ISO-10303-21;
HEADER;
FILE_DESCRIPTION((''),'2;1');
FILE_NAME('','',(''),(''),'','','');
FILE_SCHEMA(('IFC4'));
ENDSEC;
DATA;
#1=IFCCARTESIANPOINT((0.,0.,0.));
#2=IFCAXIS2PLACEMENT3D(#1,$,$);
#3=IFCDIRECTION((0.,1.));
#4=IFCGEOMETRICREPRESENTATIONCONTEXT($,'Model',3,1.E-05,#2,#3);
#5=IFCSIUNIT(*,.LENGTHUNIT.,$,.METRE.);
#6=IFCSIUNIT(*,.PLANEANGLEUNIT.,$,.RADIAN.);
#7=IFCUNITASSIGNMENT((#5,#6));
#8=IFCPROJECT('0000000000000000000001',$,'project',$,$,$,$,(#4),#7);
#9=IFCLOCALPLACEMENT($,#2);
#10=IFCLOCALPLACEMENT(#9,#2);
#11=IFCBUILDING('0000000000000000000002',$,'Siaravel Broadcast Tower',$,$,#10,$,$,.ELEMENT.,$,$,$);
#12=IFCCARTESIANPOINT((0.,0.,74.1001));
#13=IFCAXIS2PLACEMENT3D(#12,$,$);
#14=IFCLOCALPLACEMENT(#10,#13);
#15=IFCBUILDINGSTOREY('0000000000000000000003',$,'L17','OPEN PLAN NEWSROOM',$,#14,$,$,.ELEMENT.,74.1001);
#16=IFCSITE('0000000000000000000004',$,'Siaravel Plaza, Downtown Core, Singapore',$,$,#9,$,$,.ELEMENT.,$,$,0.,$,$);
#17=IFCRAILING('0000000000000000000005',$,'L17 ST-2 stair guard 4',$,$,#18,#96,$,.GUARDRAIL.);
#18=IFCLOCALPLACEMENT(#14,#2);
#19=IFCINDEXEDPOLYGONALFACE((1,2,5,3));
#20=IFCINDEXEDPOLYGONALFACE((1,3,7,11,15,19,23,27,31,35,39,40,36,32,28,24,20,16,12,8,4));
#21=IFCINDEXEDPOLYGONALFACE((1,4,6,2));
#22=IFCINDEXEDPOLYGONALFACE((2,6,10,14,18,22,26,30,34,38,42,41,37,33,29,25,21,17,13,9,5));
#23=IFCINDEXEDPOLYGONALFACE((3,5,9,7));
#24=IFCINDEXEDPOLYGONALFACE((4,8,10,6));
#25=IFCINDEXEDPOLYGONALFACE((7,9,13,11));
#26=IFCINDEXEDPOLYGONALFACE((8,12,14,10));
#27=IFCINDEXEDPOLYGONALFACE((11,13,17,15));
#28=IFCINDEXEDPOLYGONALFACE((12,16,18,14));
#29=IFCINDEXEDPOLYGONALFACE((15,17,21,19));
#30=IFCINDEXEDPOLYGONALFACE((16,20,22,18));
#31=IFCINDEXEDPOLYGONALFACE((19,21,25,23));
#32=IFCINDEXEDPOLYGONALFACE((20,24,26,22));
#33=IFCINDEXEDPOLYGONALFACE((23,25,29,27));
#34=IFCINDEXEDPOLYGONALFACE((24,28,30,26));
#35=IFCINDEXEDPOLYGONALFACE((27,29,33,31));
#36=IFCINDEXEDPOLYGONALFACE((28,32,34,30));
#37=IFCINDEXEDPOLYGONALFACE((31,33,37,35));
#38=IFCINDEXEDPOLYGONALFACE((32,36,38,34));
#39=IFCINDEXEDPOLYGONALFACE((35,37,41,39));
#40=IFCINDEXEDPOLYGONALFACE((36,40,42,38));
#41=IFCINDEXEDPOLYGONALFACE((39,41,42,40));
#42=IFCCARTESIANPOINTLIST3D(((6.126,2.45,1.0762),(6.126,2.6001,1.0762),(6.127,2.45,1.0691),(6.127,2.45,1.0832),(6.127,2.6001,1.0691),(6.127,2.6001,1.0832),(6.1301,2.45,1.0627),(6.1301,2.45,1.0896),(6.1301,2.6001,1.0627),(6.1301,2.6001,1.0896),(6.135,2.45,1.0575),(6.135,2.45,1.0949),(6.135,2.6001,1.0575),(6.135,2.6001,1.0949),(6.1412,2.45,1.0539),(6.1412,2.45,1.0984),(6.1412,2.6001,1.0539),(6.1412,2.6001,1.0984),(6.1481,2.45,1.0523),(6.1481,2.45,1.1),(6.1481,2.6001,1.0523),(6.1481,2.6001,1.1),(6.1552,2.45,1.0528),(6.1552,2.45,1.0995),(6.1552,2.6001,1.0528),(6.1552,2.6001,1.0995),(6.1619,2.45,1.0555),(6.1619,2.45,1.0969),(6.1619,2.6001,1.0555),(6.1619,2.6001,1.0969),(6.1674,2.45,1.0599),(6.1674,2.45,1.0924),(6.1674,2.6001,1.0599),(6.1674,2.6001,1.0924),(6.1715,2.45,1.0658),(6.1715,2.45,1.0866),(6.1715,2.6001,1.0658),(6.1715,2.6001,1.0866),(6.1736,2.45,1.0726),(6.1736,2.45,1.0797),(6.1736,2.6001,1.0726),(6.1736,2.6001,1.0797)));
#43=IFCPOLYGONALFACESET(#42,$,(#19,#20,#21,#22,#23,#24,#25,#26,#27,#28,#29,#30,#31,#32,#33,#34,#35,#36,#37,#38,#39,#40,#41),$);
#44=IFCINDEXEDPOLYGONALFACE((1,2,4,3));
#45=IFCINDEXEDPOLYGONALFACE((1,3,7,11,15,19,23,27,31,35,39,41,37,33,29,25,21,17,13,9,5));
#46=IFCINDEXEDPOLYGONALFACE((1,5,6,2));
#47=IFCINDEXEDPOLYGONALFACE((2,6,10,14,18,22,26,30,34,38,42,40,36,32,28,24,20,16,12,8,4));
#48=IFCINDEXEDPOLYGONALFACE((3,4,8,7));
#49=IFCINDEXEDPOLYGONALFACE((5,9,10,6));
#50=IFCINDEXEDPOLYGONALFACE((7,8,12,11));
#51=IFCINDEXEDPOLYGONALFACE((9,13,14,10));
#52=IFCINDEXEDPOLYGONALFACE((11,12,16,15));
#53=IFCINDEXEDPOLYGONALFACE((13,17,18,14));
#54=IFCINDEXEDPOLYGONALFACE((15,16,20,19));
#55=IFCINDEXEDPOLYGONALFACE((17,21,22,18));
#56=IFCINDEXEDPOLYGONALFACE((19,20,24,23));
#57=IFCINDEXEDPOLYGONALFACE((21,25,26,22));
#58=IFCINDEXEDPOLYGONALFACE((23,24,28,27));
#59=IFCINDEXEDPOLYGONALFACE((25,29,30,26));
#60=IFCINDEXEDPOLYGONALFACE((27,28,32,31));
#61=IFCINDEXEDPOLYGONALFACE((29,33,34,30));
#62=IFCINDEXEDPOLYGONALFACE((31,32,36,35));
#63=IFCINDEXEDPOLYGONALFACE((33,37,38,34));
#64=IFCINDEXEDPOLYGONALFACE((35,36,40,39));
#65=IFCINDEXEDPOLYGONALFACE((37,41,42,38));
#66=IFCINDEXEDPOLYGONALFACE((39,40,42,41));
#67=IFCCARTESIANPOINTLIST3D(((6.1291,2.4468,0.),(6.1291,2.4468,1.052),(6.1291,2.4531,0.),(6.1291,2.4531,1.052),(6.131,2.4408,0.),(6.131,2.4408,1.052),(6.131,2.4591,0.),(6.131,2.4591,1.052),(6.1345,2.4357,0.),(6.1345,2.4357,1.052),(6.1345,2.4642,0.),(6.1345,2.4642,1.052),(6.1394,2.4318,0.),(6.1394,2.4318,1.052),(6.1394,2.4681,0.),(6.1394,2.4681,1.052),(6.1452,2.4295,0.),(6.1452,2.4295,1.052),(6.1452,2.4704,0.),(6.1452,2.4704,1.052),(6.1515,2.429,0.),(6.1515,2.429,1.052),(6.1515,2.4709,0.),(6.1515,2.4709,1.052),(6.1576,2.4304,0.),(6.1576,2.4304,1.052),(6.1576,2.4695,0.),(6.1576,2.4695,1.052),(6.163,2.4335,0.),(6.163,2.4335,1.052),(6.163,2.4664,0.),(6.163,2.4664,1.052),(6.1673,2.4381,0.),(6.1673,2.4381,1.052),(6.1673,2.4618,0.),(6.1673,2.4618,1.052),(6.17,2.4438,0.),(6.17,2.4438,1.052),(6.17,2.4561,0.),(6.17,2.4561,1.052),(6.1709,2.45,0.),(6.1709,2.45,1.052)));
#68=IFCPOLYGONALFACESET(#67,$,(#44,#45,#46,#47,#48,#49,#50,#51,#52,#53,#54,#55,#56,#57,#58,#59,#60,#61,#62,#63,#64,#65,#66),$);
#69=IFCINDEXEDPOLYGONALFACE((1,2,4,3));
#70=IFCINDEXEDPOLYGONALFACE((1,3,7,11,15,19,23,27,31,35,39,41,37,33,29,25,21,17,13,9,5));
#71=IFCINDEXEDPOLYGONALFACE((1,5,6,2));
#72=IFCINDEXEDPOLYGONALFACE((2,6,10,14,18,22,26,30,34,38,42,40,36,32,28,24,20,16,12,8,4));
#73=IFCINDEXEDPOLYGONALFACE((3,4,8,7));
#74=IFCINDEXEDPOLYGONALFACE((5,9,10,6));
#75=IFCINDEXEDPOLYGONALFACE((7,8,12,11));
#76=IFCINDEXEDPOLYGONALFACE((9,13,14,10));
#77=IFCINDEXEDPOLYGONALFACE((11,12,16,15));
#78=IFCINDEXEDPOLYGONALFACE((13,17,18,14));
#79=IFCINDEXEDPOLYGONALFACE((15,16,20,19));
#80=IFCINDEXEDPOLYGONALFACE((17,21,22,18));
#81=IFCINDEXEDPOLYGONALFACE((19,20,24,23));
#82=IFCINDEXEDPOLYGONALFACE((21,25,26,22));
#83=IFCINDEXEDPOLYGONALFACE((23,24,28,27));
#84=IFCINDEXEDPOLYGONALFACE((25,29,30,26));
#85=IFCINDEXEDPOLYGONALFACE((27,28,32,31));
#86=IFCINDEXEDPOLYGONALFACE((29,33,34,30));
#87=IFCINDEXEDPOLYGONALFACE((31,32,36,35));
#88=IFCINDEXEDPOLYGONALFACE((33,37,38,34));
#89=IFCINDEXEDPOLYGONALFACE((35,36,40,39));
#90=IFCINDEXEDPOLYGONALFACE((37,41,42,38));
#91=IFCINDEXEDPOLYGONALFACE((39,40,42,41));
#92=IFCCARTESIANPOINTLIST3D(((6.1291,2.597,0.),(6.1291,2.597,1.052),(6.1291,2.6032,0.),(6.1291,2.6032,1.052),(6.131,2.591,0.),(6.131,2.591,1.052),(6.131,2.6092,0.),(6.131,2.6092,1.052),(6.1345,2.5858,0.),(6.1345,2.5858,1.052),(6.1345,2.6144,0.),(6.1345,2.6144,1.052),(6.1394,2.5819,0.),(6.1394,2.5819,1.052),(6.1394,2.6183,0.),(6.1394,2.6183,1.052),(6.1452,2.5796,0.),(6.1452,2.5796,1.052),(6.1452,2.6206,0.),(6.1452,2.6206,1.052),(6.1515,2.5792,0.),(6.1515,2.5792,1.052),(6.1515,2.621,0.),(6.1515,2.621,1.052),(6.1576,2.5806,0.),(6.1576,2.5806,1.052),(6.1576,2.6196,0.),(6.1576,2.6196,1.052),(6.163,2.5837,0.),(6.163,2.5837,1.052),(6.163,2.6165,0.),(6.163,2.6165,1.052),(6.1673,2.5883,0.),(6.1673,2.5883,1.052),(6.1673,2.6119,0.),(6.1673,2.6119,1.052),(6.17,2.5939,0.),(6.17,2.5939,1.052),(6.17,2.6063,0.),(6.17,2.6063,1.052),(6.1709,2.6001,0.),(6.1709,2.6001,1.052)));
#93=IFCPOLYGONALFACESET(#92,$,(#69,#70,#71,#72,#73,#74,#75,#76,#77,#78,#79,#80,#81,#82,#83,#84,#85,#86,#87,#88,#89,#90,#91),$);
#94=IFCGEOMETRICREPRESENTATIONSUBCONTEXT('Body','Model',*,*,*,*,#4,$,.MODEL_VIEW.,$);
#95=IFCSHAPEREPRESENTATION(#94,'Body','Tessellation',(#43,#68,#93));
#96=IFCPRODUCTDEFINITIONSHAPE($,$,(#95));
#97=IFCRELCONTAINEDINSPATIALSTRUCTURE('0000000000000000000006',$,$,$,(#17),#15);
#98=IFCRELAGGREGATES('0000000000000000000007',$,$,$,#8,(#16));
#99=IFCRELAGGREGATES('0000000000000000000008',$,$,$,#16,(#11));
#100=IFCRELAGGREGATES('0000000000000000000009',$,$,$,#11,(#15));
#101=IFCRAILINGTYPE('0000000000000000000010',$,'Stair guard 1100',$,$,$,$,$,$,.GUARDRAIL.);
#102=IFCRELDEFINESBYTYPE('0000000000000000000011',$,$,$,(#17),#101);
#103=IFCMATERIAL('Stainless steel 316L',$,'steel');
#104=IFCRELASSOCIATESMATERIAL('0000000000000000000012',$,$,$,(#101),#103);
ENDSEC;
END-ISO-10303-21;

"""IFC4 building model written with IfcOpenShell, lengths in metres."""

from ifc_helpers import new_model, si_unit, direction, frame, origin, origin_2d, place, context, subcontext, project, spatial, circle, extrude, material, type_object, element, save


model = new_model("IFC4")

# Units and contexts
model_context = context("Model", 3, precision=1e-05, world=origin(), true_north=direction((0.0, 1.0)))
body_context = subcontext(model_context, "Body", "Model", "MODEL_VIEW")
ifc_project = project(units=[si_unit("LENGTHUNIT", "METRE"), si_unit("PLANEANGLEUNIT", "RADIAN")], contexts=[model_context])

# Site, building, storey
site_placement = place(None, origin())
site = spatial("IfcSite", under=ifc_project, at=site_placement, Name="Siaravel Plaza, Downtown Core, Singapore", CompositionType="ELEMENT", RefElevation=0.0)
building_placement = place(site_placement, origin())
building = spatial("IfcBuilding", under=site, at=building_placement, Name="Siaravel Broadcast Tower", CompositionType="ELEMENT")
storey_placement = place(building_placement, frame((0.0, 0.0, 74.1001)))
storey = spatial("IfcBuildingStorey", under=building, at=storey_placement, Name="L17", Description="OPEN PLAN NEWSROOM", CompositionType="ELEMENT", Elevation=74.1001)

# Railing
ifc_material_1 = material(Name="Stainless steel 316L", Category="steel")
railing_type_1 = type_object("IfcRailingType", Name="Stair guard 1100", PredefinedType="GUARDRAIL", material=ifc_material_1)
railing_1_placement = place(storey_placement, frame((6.1499, 2.45, 0.0)))
element("IfcRailing", 1, at=railing_1_placement, inside=storey, type_object=railing_type_1, Name="L17 ST-2 stair guard 4", PredefinedType="GUARDRAIL", context=body_context, shape_type="SweptSolid", body=[
    extrude(circle(Radius=0.0239, at=origin_2d()), frame((0.0, 0.0, 1.0762), z_axis=(0.0, 1.0, 0.0), x_axis=(-1.0, 0.0, 0.0)), (0.0, 0.0, 1.0), 0.1501),
    extrude(circle(Radius=0.021, at=origin_2d()), origin(), (0.0, 0.0, 1.0), 1.052),
    extrude(circle(Radius=0.021, at=origin_2d()), frame((0.0, 0.1501, 0.0)), (0.0, 0.0, 1.0), 1.052),
])

save(model, "model.ifc")
